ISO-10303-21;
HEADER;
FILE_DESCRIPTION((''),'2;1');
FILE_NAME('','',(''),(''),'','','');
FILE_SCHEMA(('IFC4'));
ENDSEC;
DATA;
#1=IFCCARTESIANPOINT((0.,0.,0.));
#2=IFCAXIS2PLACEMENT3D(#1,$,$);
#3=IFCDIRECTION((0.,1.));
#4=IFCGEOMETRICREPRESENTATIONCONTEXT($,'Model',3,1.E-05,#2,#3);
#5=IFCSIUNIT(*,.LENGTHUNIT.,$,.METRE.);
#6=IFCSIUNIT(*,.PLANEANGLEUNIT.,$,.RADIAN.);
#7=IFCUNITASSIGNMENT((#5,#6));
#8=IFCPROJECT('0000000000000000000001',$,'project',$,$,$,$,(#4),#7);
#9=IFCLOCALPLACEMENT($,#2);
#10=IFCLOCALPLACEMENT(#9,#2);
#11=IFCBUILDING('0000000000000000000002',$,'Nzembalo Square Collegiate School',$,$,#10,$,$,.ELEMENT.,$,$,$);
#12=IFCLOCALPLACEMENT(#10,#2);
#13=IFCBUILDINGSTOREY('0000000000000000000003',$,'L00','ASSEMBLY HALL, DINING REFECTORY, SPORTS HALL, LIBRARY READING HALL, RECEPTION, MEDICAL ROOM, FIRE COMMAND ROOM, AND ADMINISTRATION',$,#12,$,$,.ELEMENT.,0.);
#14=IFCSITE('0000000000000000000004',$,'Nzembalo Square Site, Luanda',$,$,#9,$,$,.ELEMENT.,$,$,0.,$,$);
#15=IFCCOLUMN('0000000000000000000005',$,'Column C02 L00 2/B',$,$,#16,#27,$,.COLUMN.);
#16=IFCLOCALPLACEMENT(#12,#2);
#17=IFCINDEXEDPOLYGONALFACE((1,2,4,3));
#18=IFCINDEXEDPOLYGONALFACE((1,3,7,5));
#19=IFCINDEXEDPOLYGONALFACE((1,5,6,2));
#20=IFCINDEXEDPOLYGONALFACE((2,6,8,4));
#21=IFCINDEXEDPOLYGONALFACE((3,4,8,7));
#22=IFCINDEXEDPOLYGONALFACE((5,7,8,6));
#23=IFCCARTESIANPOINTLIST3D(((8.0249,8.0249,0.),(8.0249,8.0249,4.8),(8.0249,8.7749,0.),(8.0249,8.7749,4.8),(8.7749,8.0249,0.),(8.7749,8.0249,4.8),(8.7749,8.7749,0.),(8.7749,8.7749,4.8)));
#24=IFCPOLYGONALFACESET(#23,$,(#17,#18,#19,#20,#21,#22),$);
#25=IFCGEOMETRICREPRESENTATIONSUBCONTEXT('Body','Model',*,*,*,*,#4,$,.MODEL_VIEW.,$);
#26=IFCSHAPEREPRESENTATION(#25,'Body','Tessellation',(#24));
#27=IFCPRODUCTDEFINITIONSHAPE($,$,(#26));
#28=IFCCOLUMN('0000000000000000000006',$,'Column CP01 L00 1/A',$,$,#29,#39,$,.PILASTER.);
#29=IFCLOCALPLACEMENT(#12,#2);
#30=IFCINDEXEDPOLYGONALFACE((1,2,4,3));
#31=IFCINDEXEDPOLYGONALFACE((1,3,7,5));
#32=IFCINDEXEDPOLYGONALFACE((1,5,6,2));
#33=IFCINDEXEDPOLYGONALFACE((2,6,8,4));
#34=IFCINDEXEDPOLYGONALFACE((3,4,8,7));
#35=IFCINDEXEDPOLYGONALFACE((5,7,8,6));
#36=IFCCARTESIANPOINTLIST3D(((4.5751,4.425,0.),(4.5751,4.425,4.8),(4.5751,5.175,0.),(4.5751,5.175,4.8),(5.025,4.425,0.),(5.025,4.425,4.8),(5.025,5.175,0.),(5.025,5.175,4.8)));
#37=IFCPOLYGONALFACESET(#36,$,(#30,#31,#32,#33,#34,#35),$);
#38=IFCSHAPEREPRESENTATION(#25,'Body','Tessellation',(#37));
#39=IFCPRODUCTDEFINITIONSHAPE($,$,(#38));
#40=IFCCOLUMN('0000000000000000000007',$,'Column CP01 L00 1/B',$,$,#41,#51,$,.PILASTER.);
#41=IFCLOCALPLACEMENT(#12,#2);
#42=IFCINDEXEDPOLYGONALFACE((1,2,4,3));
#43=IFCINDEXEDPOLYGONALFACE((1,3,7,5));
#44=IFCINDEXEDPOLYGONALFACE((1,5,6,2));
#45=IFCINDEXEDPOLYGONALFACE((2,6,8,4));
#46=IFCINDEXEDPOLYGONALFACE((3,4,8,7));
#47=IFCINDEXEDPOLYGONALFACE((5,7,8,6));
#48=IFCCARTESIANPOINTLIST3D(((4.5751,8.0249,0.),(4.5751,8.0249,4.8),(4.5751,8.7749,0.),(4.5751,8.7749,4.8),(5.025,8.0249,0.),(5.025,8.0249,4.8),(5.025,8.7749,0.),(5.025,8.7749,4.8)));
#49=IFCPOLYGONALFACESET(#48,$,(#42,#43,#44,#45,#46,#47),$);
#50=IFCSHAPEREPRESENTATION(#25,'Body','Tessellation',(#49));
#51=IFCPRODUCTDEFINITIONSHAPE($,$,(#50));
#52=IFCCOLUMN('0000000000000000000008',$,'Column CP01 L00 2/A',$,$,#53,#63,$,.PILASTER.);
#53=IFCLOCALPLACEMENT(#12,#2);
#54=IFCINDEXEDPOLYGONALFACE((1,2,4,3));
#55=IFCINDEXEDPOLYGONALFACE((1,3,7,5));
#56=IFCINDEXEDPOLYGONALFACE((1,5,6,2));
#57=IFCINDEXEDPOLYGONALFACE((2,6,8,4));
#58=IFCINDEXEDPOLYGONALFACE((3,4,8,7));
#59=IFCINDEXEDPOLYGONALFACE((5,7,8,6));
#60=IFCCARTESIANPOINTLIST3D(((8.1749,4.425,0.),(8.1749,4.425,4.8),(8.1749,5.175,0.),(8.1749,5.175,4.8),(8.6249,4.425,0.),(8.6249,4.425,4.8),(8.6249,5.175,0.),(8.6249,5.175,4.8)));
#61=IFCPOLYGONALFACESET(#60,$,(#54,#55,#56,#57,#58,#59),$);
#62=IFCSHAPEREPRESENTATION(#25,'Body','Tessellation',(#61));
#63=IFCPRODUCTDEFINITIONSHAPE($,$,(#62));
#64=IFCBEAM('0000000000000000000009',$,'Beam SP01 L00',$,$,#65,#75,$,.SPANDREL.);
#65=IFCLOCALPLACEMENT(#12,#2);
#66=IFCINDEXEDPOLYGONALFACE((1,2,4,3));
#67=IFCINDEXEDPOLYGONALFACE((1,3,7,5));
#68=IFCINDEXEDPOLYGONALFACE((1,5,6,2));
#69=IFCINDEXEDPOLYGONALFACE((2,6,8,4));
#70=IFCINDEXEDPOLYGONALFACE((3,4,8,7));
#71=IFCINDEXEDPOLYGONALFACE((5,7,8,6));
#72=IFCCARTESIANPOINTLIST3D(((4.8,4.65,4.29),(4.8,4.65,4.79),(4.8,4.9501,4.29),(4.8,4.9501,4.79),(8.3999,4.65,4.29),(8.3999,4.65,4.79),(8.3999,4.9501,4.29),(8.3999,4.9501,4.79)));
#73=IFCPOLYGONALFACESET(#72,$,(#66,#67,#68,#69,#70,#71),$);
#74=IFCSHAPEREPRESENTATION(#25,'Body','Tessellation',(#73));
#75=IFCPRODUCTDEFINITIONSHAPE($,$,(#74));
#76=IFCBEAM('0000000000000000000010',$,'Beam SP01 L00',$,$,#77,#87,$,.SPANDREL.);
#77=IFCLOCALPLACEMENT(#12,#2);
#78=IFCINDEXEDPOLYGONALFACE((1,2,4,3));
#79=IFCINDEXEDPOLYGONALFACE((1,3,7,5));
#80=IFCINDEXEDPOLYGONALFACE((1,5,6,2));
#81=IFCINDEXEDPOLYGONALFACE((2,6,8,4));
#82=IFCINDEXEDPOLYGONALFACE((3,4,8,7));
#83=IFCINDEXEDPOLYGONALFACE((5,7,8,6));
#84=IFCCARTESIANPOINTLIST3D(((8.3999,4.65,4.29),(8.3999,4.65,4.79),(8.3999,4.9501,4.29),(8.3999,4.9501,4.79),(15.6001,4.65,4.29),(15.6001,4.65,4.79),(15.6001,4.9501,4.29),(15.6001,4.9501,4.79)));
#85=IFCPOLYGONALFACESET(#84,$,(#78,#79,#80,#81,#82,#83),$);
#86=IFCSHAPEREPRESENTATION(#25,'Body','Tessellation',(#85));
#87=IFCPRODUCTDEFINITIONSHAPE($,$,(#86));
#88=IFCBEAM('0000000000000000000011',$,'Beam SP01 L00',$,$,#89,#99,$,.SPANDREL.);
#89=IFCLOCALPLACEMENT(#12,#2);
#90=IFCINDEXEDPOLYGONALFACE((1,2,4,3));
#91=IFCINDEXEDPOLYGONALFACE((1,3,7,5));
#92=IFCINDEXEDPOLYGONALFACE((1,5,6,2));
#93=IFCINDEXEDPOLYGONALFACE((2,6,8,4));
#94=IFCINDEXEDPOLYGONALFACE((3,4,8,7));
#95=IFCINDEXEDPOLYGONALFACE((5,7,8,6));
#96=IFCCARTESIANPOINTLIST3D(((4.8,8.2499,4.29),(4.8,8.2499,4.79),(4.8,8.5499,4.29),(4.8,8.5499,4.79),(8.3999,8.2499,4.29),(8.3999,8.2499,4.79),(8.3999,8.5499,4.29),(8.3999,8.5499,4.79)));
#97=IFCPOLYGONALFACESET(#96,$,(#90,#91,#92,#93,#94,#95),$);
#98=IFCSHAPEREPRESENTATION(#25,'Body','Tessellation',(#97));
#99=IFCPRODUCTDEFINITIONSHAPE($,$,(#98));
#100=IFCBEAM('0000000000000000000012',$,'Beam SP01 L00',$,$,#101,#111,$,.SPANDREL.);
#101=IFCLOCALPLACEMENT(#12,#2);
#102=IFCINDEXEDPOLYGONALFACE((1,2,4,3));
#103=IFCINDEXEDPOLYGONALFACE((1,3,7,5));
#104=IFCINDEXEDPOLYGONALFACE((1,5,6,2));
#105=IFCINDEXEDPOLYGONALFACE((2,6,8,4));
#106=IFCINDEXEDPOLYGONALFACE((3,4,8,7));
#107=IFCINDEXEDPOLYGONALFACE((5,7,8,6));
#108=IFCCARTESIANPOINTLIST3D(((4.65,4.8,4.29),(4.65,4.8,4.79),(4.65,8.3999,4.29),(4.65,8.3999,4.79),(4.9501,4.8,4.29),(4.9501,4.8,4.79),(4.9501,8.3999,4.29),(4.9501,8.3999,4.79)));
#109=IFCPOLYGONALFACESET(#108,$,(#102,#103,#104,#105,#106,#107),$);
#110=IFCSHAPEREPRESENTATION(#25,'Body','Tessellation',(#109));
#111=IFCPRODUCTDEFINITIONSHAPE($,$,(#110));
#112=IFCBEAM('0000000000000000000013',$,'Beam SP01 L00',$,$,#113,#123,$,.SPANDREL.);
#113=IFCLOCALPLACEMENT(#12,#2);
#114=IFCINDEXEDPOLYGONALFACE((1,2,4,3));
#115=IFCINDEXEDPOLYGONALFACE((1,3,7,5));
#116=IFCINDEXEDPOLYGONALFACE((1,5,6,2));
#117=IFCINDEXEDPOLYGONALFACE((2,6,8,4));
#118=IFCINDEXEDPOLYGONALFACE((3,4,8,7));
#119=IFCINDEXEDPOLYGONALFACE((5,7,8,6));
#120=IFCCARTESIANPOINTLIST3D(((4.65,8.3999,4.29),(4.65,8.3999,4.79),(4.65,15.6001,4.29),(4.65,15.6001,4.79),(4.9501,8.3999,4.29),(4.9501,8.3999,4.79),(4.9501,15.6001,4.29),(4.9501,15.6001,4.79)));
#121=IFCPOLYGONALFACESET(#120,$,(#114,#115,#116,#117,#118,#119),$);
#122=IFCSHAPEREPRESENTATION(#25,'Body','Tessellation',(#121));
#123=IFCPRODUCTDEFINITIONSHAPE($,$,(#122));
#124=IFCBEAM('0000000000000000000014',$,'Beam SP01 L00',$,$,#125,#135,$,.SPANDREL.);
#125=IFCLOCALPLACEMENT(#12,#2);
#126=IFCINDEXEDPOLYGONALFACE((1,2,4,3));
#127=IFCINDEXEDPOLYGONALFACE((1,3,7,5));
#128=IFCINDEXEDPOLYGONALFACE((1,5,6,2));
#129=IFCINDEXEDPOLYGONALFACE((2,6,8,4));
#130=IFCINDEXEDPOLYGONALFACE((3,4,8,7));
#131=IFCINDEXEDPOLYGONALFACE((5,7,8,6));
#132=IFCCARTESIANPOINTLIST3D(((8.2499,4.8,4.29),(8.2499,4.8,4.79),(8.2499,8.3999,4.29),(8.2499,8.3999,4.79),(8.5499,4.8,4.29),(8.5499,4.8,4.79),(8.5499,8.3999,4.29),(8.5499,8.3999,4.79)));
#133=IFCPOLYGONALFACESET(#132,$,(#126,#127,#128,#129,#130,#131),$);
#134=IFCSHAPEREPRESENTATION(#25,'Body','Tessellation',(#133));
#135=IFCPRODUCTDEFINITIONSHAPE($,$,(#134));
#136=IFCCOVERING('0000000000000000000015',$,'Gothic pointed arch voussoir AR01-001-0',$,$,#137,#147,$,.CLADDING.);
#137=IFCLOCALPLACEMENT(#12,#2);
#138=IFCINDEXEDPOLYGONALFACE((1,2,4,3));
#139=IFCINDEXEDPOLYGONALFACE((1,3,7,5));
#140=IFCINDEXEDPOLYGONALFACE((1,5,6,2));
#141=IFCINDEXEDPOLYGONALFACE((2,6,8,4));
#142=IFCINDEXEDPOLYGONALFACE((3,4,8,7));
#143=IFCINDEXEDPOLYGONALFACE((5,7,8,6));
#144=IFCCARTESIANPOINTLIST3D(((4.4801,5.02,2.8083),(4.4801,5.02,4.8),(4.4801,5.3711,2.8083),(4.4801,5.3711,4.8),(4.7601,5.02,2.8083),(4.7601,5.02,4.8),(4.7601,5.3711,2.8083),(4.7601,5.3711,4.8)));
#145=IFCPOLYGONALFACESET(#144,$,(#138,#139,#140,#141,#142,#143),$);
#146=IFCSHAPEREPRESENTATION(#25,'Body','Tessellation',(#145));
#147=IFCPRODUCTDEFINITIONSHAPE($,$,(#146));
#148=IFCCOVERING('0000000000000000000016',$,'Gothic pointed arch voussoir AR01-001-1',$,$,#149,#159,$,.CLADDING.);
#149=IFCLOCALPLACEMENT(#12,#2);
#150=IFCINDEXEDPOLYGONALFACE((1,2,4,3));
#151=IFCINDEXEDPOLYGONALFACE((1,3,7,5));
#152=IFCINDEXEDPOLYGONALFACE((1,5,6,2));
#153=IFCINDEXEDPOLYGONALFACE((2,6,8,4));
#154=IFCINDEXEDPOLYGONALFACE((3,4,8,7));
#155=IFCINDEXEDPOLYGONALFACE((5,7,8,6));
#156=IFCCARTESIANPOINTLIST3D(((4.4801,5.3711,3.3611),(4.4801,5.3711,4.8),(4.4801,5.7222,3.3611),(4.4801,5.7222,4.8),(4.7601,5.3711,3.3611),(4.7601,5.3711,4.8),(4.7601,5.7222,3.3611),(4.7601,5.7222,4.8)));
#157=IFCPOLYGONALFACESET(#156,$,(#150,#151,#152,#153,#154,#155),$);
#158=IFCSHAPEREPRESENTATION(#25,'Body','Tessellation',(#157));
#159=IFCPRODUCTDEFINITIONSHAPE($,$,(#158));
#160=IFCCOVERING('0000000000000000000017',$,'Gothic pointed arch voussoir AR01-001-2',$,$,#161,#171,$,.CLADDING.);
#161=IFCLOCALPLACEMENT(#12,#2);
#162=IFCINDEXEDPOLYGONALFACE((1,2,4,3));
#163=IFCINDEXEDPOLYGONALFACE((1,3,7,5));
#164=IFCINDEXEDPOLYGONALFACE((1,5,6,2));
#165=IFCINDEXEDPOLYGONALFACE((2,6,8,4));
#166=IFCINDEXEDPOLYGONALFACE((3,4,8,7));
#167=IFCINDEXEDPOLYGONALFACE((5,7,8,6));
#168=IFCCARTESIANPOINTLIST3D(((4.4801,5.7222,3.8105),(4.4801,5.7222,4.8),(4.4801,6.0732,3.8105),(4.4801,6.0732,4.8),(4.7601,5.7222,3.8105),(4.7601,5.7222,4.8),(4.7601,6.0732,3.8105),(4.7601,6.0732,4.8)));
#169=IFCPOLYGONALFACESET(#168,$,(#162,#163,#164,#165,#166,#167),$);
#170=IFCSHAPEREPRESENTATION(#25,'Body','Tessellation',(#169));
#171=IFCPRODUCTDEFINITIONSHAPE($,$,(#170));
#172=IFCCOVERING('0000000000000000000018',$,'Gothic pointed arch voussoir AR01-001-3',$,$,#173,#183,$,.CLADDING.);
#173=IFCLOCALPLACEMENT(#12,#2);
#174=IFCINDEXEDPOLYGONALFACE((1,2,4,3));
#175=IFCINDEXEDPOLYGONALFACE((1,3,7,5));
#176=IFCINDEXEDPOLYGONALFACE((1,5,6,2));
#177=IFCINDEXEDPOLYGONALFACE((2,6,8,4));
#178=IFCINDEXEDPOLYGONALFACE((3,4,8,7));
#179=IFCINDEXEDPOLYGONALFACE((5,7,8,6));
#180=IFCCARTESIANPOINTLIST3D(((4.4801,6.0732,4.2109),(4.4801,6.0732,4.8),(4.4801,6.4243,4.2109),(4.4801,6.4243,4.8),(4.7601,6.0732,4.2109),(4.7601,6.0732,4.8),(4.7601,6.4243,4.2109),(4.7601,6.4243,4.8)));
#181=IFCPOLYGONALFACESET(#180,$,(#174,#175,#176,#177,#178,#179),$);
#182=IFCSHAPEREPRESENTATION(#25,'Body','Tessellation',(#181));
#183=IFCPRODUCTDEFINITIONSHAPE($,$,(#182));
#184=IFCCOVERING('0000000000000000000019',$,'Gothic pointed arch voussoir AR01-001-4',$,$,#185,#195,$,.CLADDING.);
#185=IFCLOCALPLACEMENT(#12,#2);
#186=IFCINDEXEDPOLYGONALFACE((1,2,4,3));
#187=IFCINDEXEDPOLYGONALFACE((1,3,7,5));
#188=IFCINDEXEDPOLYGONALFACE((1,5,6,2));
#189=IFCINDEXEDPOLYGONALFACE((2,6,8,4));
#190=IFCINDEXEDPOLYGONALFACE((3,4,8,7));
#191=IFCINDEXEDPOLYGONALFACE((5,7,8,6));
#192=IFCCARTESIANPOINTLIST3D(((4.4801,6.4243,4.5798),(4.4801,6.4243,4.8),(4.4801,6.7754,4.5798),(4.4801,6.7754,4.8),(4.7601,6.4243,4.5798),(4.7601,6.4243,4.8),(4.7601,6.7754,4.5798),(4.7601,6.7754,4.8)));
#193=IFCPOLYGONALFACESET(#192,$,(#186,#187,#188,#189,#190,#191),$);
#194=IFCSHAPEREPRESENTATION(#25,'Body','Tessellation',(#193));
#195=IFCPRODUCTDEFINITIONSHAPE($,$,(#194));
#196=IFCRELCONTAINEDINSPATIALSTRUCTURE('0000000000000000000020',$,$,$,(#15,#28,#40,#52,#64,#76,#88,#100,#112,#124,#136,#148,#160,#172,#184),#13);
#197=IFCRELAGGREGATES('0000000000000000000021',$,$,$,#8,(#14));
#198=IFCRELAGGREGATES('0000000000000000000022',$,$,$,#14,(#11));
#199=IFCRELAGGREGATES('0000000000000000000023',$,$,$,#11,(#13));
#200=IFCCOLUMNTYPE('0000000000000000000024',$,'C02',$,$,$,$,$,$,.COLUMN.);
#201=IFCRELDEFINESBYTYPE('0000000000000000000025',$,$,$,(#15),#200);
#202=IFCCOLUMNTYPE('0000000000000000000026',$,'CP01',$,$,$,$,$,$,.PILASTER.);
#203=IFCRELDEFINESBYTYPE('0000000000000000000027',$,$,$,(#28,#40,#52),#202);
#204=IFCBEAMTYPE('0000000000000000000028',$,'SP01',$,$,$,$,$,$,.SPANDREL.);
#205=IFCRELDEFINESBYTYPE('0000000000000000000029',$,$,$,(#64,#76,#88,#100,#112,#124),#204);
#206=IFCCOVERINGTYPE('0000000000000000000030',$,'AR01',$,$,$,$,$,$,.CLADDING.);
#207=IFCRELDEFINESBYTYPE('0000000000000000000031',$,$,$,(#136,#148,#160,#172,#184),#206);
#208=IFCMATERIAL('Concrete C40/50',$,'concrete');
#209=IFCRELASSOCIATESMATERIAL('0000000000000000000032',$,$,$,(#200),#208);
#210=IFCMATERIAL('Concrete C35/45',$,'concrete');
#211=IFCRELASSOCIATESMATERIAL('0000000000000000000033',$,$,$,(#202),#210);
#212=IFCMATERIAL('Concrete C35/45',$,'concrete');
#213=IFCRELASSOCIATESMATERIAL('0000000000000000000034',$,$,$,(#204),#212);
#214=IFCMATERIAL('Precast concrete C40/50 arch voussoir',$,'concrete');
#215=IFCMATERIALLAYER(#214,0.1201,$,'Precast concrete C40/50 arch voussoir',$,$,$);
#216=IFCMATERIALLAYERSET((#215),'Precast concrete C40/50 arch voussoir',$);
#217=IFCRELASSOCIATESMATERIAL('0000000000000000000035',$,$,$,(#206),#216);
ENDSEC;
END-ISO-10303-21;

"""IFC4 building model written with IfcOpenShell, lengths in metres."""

from ifc_helpers import new_model, si_unit, direction, frame, origin, origin_2d, place, context, subcontext, project, spatial, rectangle, extrude, material, layer, layer_set, material_profile, profile_set, type_object, element, save


model = new_model("IFC4")

# Units and contexts
model_context = context("Model", 3, precision=1e-05, world=origin(), true_north=direction((0.0, 1.0)))
body_context = subcontext(model_context, "Body", "Model", "MODEL_VIEW")
ifc_project = project(units=[si_unit("LENGTHUNIT", "METRE"), si_unit("PLANEANGLEUNIT", "RADIAN")], contexts=[model_context])

# Site, building, storey
site_placement = place(None, origin())
site = spatial("IfcSite", under=ifc_project, at=site_placement, Name="Nzembalo Square Site, Luanda", CompositionType="ELEMENT", RefElevation=0.0)
building_placement = place(site_placement, origin())
building = spatial("IfcBuilding", under=site, at=building_placement, Name="Nzembalo Square Collegiate School", CompositionType="ELEMENT")
storey_placement = place(building_placement, origin())
storey = spatial("IfcBuildingStorey", under=building, at=storey_placement, Name="L00", Description="ASSEMBLY HALL, DINING REFECTORY, SPORTS HALL, LIBRARY READING HALL, RECEPTION, MEDICAL ROOM, FIRE COMMAND ROOM, AND ADMINISTRATION", CompositionType="ELEMENT", Elevation=0.0)

# Columns
ifc_material_1 = material(Name="Concrete C40/50", Category="concrete")
ifc_material_profile_1 = material_profile(ifc_material_1, rectangle(XDim=0.75, YDim=0.75, at=origin_2d()), Name="RC 750x750")
ifc_profile_set_1 = profile_set([ifc_material_profile_1], Name="Concrete C40/50")
column_type_1 = type_object("IfcColumnType", Name="C02", PredefinedType="COLUMN", material=ifc_profile_set_1)
column_placement = place(storey_placement, frame((8.3999, 8.3999, 0.0), z_axis=(0.0, 0.0, 1.0), x_axis=(1.0, 0.0, 0.0)))
element("IfcColumn", 1, at=column_placement, inside=storey, type_object=column_type_1, Name="Column C02 L00 2/B", PredefinedType="COLUMN", context=body_context, shape_type="SweptSolid", body=[
    extrude(rectangle(XDim=0.75, YDim=0.75, at=origin_2d()), origin(), (0.0, 0.0, 1.0), 4.8),
])
ifc_material_2 = material(Name="Concrete C35/45", Category="concrete")
ifc_material_profile_2 = material_profile(ifc_material_2, rectangle(XDim=0.45, YDim=0.75, at=origin_2d()), Name="RC 450x750")
ifc_profile_set_2 = profile_set([ifc_material_profile_2], Name="Concrete C35/45")
column_type_2 = type_object("IfcColumnType", Name="CP01", PredefinedType="PILASTER", material=ifc_profile_set_2)
for number, where, z_axis, x_axis, name in (
    (2, (4.8, 4.8, 0.0), (0.0, 0.0, 1.0), (1.0, 0.0, 0.0), "Column CP01 L00 1/A"),
    (3, (4.8, 8.3999, 0.0), (0.0, 0.0, 1.0), (1.0, 0.0, 0.0), "Column CP01 L00 1/B"),
    (4, (8.3999, 4.8, 0.0), (0.0, 0.0, 1.0), (1.0, 0.0, 0.0), "Column CP01 L00 2/A"),
):
    element("IfcColumn", number, at=place(storey_placement, frame(where, z_axis=z_axis, x_axis=x_axis)), inside=storey, type_object=column_type_2, Name=name, PredefinedType="PILASTER", context=body_context, shape_type="SweptSolid", body=[
        extrude(rectangle(XDim=0.45, YDim=0.75, at=origin_2d()), origin(), (0.0, 0.0, 1.0), 4.8),
    ])

# Beams
ifc_material_3 = material(Name="Concrete C35/45", Category="concrete")
ifc_material_profile_3 = material_profile(ifc_material_3, rectangle(XDim=0.3, YDim=0.5, at=origin_2d()), Name="RC 300x500")
ifc_profile_set_3 = profile_set([ifc_material_profile_3], Name="Concrete C35/45")
beam_type = type_object("IfcBeamType", Name="SP01", PredefinedType="SPANDREL", material=ifc_profile_set_3)
beam_1_placement = place(storey_placement, frame((4.8, 4.8, 4.54), z_axis=(1.0, 0.0, 0.0), x_axis=(0.0, 1.0, 0.0)))
element("IfcBeam", 5, at=beam_1_placement, inside=storey, type_object=beam_type, Name="Beam SP01 L00", PredefinedType="SPANDREL", context=body_context, shape_type="SweptSolid", body=[
    extrude(rectangle(XDim=0.3, YDim=0.5, at=origin_2d()), origin(), (0.0, 0.0, 1.0), 3.5999),
])
beam_2_placement = place(storey_placement, frame((8.3999, 4.8, 4.54), z_axis=(1.0, 0.0, 0.0), x_axis=(0.0, 1.0, 0.0)))
element("IfcBeam", 6, at=beam_2_placement, inside=storey, type_object=beam_type, Name="Beam SP01 L00", PredefinedType="SPANDREL", context=body_context, shape_type="SweptSolid", body=[
    extrude(rectangle(XDim=0.3, YDim=0.5, at=origin_2d()), origin(), (0.0, 0.0, 1.0), 7.2002),
])
for number, where, z_axis, x_axis, name in (
    (7, (4.8, 8.3999, 4.54), (1.0, 0.0, 0.0), (0.0, 1.0, 0.0), "Beam SP01 L00"),
    (8, (4.8, 4.8, 4.54), (0.0, 1.0, 0.0), (-1.0, 0.0, 0.0), "Beam SP01 L00"),
):
    element("IfcBeam", number, at=place(storey_placement, frame(where, z_axis=z_axis, x_axis=x_axis)), inside=storey, type_object=beam_type, Name=name, PredefinedType="SPANDREL", context=body_context, shape_type="SweptSolid", body=[
        extrude(rectangle(XDim=0.3, YDim=0.5, at=origin_2d()), origin(), (0.0, 0.0, 1.0), 3.5999),
    ])
beam_3_placement = place(storey_placement, frame((4.8, 8.3999, 4.54), z_axis=(0.0, 1.0, 0.0), x_axis=(-1.0, 0.0, 0.0)))
element("IfcBeam", 9, at=beam_3_placement, inside=storey, type_object=beam_type, Name="Beam SP01 L00", PredefinedType="SPANDREL", context=body_context, shape_type="SweptSolid", body=[
    extrude(rectangle(XDim=0.3, YDim=0.5, at=origin_2d()), origin(), (0.0, 0.0, 1.0), 7.2002),
])
beam_4_placement = place(storey_placement, frame((8.3999, 4.8, 4.54), z_axis=(0.0, 1.0, 0.0), x_axis=(-1.0, 0.0, 0.0)))
element("IfcBeam", 10, at=beam_4_placement, inside=storey, type_object=beam_type, Name="Beam SP01 L00", PredefinedType="SPANDREL", context=body_context, shape_type="SweptSolid", body=[
    extrude(rectangle(XDim=0.3, YDim=0.5, at=origin_2d()), origin(), (0.0, 0.0, 1.0), 3.5999),
])

# Coverings
ifc_material_4 = material(Name="Precast concrete C40/50 arch voussoir", Category="concrete")
ifc_layer_1 = layer(ifc_material_4, 0.1201, Name="Precast concrete C40/50 arch voussoir")
ifc_layer_set_1 = layer_set([ifc_layer_1], Name="Precast concrete C40/50 arch voussoir")
covering_type_1 = type_object("IfcCoveringType", Name="AR01", PredefinedType="CLADDING", material=ifc_layer_set_1)
covering_1_placement = place(storey_placement, frame((4.6201, 5.1956, 2.8083), z_axis=(0.0, 0.0, 1.0), x_axis=(1.0, 0.0, 0.0)))
element("IfcCovering", 11, at=covering_1_placement, inside=storey, type_object=covering_type_1, Name="Gothic pointed arch voussoir AR01-001-0", PredefinedType="CLADDING", context=body_context, shape_type="SweptSolid", body=[
    extrude(rectangle(XDim=0.28, YDim=0.3511, at=origin_2d()), origin(), (0.0, 0.0, 1.0), 1.9917),
])
covering_2_placement = place(storey_placement, frame((4.6201, 5.5466, 3.3611), z_axis=(0.0, 0.0, 1.0), x_axis=(1.0, 0.0, 0.0)))
element("IfcCovering", 12, at=covering_2_placement, inside=storey, type_object=covering_type_1, Name="Gothic pointed arch voussoir AR01-001-1", PredefinedType="CLADDING", context=body_context, shape_type="SweptSolid", body=[
    extrude(rectangle(XDim=0.28, YDim=0.3511, at=origin_2d()), origin(), (0.0, 0.0, 1.0), 1.439),
])
covering_3_placement = place(storey_placement, frame((4.6201, 5.8977, 3.8105), z_axis=(0.0, 0.0, 1.0), x_axis=(1.0, 0.0, 0.0)))
element("IfcCovering", 13, at=covering_3_placement, inside=storey, type_object=covering_type_1, Name="Gothic pointed arch voussoir AR01-001-2", PredefinedType="CLADDING", context=body_context, shape_type="SweptSolid", body=[
    extrude(rectangle(XDim=0.28, YDim=0.3511, at=origin_2d()), origin(), (0.0, 0.0, 1.0), 0.9895),
])
covering_4_placement = place(storey_placement, frame((4.6201, 6.2488, 4.2109), z_axis=(0.0, 0.0, 1.0), x_axis=(1.0, 0.0, 0.0)))
element("IfcCovering", 14, at=covering_4_placement, inside=storey, type_object=covering_type_1, Name="Gothic pointed arch voussoir AR01-001-3", PredefinedType="CLADDING", context=body_context, shape_type="SweptSolid", body=[
    extrude(rectangle(XDim=0.28, YDim=0.3511, at=origin_2d()), origin(), (0.0, 0.0, 1.0), 0.5891),
])
covering_5_placement = place(storey_placement, frame((4.6201, 6.5999, 4.5798), z_axis=(0.0, 0.0, 1.0), x_axis=(1.0, 0.0, 0.0)))
element("IfcCovering", 15, at=covering_5_placement, inside=storey, type_object=covering_type_1, Name="Gothic pointed arch voussoir AR01-001-4", PredefinedType="CLADDING", context=body_context, shape_type="SweptSolid", body=[
    extrude(rectangle(XDim=0.28, YDim=0.3511, at=origin_2d()), origin(), (0.0, 0.0, 1.0), 0.2202),
])

save(model, "model.ifc")
